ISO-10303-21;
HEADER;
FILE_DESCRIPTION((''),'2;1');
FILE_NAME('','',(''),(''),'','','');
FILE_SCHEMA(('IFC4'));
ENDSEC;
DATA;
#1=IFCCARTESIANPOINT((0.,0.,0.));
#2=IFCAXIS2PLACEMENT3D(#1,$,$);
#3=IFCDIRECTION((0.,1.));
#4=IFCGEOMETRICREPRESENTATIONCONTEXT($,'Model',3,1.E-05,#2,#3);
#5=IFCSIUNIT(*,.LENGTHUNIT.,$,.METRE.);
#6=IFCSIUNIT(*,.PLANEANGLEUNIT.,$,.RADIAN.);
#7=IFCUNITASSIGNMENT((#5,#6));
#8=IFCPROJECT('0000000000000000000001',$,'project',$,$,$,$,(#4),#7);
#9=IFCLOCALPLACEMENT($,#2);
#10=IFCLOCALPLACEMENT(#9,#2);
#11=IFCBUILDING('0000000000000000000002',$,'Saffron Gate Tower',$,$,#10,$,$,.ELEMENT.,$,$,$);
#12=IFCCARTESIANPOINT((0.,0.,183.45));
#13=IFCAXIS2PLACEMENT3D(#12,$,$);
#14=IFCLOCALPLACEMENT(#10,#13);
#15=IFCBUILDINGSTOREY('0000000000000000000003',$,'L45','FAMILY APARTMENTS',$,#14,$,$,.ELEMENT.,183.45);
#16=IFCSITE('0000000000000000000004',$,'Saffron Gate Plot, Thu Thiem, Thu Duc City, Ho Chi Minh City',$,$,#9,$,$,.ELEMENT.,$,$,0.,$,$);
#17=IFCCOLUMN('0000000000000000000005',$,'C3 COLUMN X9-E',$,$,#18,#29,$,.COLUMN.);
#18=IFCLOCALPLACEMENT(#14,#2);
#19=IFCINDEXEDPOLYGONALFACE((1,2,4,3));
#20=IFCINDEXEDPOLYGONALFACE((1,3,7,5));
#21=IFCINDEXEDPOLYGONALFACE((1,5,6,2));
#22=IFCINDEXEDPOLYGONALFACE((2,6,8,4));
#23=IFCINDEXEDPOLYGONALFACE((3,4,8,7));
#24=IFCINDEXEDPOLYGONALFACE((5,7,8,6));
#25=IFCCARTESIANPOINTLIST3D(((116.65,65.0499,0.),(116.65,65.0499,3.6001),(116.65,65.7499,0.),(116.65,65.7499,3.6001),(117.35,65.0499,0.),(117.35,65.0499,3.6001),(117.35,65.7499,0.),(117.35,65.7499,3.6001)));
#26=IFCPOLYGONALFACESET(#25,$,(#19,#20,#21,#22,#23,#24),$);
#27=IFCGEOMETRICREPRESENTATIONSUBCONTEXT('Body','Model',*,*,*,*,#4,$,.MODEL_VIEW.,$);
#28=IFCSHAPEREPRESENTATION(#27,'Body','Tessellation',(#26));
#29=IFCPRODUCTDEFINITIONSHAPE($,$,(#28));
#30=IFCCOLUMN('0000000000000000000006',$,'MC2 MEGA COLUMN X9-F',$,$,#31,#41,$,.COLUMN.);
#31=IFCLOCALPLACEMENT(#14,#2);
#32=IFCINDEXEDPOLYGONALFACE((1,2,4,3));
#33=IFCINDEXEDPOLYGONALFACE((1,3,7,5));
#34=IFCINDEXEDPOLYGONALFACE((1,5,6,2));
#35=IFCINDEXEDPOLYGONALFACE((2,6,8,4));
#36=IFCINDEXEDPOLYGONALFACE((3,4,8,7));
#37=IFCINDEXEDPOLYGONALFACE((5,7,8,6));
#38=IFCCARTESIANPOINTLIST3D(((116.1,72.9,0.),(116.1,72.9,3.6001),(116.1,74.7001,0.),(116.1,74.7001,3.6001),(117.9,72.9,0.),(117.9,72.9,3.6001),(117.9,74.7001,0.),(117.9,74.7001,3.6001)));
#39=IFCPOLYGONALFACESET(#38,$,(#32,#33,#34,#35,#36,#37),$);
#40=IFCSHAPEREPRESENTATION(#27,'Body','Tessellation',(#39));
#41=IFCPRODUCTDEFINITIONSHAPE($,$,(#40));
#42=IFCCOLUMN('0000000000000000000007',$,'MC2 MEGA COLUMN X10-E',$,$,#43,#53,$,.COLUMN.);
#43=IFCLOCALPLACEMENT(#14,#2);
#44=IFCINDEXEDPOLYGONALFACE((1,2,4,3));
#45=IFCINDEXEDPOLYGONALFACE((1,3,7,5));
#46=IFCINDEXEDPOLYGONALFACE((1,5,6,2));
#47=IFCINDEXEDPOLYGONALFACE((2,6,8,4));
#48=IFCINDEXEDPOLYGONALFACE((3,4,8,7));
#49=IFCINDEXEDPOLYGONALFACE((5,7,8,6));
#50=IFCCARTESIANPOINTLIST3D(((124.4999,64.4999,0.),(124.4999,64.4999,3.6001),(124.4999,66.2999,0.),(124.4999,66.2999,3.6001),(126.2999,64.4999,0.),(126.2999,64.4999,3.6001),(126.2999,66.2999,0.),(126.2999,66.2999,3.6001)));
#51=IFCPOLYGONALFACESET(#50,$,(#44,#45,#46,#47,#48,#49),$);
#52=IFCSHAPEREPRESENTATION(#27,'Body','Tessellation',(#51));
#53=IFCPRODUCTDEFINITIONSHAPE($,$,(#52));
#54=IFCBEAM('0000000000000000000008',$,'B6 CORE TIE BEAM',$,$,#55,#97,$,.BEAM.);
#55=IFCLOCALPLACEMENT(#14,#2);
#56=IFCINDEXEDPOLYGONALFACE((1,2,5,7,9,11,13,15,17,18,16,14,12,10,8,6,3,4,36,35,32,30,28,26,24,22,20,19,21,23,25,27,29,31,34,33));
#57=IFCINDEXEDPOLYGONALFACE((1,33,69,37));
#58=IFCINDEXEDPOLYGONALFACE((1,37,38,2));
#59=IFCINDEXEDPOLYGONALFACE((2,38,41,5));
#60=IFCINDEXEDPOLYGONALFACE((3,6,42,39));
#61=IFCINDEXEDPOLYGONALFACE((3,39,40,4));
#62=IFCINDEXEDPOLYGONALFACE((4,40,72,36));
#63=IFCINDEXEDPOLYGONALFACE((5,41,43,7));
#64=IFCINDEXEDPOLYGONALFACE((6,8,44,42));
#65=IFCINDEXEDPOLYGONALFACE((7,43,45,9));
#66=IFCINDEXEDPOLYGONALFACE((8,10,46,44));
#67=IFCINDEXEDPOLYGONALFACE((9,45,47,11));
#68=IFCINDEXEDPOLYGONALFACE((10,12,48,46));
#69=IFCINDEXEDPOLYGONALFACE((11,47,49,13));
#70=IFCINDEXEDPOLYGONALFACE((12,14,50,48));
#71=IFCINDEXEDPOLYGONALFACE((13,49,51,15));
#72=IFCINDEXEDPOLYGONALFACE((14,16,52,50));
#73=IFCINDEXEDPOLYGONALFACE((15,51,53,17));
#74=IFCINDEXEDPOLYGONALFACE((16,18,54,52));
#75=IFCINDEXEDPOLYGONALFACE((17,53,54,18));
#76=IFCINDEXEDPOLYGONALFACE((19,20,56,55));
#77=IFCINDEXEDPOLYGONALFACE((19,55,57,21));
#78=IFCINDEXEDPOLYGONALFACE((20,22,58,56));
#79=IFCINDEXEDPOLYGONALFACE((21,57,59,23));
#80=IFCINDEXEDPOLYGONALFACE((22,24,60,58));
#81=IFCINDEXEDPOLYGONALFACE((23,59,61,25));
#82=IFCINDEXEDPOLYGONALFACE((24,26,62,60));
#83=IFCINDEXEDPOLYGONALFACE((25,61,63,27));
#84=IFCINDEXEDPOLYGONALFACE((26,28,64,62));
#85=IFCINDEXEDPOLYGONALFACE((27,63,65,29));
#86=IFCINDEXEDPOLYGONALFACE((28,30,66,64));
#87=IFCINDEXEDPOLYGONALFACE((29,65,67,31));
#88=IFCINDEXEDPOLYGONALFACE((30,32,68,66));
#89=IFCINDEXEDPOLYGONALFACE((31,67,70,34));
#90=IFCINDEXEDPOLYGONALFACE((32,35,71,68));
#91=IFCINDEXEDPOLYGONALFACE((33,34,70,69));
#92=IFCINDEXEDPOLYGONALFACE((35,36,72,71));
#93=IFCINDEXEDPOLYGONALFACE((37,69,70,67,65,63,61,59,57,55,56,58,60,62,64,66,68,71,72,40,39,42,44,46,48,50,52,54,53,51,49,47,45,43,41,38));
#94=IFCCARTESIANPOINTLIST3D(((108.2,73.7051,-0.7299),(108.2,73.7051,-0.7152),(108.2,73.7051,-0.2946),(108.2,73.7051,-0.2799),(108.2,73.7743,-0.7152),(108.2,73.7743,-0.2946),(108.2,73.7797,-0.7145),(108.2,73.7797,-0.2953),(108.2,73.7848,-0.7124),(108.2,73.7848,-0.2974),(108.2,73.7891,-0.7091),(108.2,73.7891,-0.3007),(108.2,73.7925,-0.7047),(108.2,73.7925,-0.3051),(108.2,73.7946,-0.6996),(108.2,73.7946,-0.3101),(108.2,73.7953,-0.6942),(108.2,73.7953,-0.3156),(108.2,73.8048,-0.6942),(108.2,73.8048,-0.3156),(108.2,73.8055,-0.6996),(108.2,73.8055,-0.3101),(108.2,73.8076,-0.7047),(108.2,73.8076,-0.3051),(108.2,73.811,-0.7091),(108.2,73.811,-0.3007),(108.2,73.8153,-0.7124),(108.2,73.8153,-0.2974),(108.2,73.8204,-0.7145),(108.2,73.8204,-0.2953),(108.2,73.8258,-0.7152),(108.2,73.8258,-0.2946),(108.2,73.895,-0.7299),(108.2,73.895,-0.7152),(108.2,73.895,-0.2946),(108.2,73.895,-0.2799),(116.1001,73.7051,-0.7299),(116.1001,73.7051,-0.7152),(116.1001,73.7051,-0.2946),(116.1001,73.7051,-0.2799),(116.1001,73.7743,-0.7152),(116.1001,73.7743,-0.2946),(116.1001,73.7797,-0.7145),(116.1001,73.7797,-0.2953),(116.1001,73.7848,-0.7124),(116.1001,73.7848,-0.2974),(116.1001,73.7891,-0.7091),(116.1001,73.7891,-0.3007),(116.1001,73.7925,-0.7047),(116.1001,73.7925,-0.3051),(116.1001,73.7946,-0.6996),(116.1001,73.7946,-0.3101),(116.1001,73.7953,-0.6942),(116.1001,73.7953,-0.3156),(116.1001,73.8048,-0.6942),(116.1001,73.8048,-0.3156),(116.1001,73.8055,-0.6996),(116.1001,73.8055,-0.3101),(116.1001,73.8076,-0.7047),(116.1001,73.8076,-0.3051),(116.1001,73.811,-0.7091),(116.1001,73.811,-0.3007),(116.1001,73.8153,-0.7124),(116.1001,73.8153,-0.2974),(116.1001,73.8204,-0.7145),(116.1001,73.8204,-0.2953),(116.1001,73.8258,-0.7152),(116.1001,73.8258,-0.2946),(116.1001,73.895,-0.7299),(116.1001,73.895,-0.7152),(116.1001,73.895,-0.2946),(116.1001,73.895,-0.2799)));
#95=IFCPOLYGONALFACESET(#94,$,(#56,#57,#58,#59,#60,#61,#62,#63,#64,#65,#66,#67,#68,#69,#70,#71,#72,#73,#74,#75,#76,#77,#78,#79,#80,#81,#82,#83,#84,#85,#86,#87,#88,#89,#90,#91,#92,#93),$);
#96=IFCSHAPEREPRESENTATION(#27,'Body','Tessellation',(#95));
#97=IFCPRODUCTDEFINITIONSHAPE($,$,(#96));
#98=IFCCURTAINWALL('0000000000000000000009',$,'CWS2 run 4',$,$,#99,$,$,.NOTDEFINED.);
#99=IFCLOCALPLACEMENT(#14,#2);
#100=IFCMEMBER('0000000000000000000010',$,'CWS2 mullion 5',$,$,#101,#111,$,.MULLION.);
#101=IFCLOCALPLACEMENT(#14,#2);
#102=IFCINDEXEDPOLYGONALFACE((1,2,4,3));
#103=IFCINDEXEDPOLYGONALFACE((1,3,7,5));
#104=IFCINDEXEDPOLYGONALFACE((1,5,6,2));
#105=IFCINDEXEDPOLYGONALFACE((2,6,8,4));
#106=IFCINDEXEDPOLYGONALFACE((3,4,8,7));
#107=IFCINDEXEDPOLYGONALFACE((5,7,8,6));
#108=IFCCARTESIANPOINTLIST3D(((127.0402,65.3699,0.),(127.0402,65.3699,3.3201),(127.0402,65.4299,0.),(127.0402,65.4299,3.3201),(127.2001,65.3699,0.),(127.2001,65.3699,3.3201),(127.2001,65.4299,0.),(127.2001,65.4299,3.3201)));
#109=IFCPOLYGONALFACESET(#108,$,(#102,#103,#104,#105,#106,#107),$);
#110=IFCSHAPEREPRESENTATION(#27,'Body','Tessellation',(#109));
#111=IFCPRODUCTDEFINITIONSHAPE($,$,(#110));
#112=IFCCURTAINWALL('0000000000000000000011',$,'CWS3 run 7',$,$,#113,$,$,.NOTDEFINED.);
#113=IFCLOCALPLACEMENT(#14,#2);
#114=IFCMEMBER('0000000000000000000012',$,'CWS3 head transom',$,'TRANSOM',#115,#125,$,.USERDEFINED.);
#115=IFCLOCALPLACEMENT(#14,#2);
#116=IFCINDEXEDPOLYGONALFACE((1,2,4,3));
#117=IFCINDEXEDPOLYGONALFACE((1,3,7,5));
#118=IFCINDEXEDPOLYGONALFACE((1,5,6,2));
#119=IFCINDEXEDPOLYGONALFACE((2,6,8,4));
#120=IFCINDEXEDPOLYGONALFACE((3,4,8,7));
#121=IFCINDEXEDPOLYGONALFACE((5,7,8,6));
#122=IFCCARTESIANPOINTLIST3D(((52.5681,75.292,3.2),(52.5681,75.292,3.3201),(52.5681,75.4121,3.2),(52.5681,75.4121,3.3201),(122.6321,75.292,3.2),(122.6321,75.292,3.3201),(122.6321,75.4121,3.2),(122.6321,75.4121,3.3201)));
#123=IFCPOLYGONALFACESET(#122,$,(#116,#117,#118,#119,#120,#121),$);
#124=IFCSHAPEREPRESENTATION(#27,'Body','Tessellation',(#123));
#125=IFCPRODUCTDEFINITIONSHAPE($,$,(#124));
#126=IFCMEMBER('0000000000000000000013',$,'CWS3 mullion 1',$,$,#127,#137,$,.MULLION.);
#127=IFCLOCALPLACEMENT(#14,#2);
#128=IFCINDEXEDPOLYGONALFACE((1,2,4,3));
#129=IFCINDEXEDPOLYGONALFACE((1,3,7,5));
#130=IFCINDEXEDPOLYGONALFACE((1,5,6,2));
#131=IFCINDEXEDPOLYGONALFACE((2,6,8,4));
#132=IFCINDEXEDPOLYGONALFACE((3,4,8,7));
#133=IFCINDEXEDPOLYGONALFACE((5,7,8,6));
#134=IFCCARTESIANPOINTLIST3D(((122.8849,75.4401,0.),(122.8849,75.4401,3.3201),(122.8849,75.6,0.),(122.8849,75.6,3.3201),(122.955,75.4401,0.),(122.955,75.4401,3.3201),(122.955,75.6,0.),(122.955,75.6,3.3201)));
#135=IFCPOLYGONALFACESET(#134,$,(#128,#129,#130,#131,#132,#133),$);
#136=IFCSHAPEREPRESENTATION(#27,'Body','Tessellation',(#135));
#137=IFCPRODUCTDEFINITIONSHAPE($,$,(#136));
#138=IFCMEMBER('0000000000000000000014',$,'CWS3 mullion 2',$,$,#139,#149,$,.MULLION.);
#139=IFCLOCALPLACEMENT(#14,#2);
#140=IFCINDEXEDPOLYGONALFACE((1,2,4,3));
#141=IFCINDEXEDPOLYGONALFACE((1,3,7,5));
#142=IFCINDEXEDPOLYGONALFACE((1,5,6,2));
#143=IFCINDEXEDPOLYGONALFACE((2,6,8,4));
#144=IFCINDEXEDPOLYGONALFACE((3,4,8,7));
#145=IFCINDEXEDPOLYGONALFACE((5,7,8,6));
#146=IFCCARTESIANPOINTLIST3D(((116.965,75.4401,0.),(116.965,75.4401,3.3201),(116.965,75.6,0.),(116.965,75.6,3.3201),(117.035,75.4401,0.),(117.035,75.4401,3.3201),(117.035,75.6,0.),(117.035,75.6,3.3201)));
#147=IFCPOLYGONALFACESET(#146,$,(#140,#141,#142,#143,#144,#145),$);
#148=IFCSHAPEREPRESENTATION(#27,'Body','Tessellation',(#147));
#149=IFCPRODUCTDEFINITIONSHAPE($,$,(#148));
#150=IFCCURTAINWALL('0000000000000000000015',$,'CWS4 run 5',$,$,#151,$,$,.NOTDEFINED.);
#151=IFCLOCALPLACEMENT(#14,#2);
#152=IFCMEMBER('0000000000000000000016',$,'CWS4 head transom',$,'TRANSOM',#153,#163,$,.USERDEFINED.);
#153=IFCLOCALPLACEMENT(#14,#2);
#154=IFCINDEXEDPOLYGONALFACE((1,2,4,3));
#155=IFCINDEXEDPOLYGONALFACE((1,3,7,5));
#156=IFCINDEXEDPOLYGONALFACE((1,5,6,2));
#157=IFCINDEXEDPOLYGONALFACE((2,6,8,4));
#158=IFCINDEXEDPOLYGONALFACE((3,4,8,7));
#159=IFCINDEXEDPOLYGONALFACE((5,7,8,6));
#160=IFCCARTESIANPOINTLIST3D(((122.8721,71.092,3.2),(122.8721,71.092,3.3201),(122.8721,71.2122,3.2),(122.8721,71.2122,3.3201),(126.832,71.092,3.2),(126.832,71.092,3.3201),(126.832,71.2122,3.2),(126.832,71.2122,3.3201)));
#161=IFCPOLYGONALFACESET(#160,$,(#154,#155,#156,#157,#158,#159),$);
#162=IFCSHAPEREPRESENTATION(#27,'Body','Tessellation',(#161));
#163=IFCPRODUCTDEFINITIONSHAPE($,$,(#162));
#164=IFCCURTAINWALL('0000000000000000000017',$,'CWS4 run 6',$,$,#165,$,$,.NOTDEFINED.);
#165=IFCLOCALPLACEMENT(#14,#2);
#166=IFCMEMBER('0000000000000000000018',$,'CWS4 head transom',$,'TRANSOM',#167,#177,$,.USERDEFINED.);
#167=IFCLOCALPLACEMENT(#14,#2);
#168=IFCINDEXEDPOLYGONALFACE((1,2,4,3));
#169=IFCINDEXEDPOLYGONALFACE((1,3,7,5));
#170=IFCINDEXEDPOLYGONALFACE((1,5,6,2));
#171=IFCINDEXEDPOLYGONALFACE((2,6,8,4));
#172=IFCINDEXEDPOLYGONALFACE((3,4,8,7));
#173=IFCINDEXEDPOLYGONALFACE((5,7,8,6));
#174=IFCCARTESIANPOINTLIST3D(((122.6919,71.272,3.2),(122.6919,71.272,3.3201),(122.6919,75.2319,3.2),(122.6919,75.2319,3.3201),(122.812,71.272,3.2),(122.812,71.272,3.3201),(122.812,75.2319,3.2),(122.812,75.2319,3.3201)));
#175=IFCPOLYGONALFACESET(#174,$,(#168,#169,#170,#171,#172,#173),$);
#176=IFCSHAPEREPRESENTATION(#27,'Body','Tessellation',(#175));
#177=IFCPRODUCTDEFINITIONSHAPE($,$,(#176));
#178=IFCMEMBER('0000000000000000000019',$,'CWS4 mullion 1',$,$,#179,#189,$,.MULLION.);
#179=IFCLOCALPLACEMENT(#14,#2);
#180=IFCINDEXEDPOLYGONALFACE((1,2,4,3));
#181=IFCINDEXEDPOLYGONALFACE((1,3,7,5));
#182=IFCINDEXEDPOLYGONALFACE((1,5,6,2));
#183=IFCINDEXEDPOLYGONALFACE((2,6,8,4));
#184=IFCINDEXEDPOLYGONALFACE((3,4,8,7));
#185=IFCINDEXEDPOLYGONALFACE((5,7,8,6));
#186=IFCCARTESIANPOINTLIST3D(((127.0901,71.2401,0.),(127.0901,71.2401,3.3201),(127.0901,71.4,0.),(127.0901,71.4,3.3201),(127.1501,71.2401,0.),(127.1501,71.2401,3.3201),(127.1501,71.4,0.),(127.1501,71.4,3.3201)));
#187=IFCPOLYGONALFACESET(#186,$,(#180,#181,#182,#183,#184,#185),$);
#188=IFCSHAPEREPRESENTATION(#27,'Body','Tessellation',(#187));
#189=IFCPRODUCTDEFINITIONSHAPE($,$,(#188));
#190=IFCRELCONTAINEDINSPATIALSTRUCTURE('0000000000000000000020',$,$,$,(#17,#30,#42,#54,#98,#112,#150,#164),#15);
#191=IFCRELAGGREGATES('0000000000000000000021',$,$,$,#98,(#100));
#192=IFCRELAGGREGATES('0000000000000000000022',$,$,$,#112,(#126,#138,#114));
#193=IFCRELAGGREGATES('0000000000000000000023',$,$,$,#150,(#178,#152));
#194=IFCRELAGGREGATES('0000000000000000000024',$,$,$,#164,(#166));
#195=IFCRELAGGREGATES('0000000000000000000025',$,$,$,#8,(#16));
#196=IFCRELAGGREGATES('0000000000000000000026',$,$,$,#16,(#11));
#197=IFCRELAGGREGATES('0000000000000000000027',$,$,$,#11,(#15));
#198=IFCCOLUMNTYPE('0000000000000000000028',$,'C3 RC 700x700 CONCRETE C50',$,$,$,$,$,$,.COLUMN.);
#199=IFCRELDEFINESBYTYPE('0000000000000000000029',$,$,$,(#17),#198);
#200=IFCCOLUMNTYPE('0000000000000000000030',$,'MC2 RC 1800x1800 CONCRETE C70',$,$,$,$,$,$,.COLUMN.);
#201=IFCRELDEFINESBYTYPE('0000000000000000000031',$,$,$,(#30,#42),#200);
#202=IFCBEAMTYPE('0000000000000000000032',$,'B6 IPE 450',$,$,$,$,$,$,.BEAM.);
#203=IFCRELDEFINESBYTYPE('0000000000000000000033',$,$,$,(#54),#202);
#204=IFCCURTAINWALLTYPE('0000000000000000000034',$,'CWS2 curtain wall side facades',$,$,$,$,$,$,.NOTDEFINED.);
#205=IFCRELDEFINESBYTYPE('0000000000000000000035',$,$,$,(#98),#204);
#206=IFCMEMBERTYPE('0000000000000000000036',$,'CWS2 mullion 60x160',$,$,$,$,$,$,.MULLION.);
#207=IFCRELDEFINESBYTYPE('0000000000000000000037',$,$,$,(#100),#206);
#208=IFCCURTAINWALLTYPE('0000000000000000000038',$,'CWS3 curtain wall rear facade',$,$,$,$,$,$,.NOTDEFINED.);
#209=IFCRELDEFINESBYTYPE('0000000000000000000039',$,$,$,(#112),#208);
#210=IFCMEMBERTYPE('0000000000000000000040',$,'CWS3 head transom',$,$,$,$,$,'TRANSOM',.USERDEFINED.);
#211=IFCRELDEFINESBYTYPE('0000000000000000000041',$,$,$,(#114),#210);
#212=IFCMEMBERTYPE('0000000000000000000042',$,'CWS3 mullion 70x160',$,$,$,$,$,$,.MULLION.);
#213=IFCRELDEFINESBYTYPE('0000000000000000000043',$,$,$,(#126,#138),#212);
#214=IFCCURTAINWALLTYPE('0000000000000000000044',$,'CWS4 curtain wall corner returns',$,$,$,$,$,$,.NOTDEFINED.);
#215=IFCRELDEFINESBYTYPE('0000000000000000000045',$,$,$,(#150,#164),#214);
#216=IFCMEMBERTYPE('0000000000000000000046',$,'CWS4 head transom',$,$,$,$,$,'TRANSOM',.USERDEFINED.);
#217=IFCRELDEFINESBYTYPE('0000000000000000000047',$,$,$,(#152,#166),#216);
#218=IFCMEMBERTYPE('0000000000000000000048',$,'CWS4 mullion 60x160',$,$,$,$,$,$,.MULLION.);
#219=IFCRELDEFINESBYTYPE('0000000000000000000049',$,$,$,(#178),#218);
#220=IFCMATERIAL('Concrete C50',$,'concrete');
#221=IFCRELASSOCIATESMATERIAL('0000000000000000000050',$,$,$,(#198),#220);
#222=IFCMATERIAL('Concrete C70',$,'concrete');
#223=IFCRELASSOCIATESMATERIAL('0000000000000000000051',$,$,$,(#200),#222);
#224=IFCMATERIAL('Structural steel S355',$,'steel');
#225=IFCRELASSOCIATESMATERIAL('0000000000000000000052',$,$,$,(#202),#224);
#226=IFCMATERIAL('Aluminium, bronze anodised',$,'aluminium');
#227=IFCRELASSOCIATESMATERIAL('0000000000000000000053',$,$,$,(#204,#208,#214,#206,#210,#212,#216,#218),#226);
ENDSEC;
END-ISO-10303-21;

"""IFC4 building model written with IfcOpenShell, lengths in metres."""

from ifc_helpers import new_model, si_unit, direction, frame, origin, origin_2d, place, context, subcontext, project, spatial, rectangle, i_section, extrude, material, material_profile, profile_set, type_object, element, aggregate, save


model = new_model("IFC4")

# Units and contexts
model_context = context("Model", 3, precision=1e-05, world=origin(), true_north=direction((0.0, 1.0)))
body_context = subcontext(model_context, "Body", "Model", "MODEL_VIEW")
ifc_project = project(units=[si_unit("LENGTHUNIT", "METRE"), si_unit("PLANEANGLEUNIT", "RADIAN")], contexts=[model_context])

# Site, building, storey
site_placement = place(None, origin())
site = spatial("IfcSite", under=ifc_project, at=site_placement, Name="Saffron Gate Plot, Thu Thiem, Thu Duc City, Ho Chi Minh City", CompositionType="ELEMENT", RefElevation=0.0)
building_placement = place(site_placement, origin())
building = spatial("IfcBuilding", under=site, at=building_placement, Name="Saffron Gate Tower", CompositionType="ELEMENT")
storey_placement = place(building_placement, frame((0.0, 0.0, 183.45)))
storey = spatial("IfcBuildingStorey", under=building, at=storey_placement, Name="L45", Description="FAMILY APARTMENTS", CompositionType="ELEMENT", Elevation=183.45)

# Columns
ifc_material_1 = material(Name="Concrete C50", Category="concrete")
ifc_material_profile_1 = material_profile(ifc_material_1, rectangle(XDim=0.7, YDim=0.7, at=origin_2d()))
ifc_profile_set_1 = profile_set([ifc_material_profile_1], Name="Concrete C50")
column_type_1 = type_object("IfcColumnType", Name="C3 RC 700x700 CONCRETE C50", PredefinedType="COLUMN", material=ifc_profile_set_1)
column_placement = place(storey_placement, frame((117.0, 65.3999, 0.0), z_axis=(0.0, 0.0, 1.0), x_axis=(1.0, 0.0, 0.0)))
element("IfcColumn", 1, at=column_placement, inside=storey, type_object=column_type_1, Name="C3 COLUMN X9-E", PredefinedType="COLUMN", context=body_context, shape_type="SweptSolid", body=[
    extrude(rectangle(XDim=0.7, YDim=0.7, at=origin_2d()), origin(), (0.0, 0.0, 1.0), 3.6001),
])
ifc_material_2 = material(Name="Concrete C70", Category="concrete")
ifc_material_profile_2 = material_profile(ifc_material_2, rectangle(XDim=1.8, YDim=1.8, at=origin_2d()))
ifc_profile_set_2 = profile_set([ifc_material_profile_2], Name="Concrete C70")
column_type_2 = type_object("IfcColumnType", Name="MC2 RC 1800x1800 CONCRETE C70", PredefinedType="COLUMN", material=ifc_profile_set_2)
for number, where, z_axis, x_axis, name in (
    (2, (117.0, 73.8, 0.0), (0.0, 0.0, 1.0), (1.0, 0.0, 0.0), "MC2 MEGA COLUMN X9-F"),
    (3, (125.3999, 65.3999, 0.0), (0.0, 0.0, 1.0), (1.0, 0.0, 0.0), "MC2 MEGA COLUMN X10-E"),
):
    element("IfcColumn", number, at=place(storey_placement, frame(where, z_axis=z_axis, x_axis=x_axis)), inside=storey, type_object=column_type_2, Name=name, PredefinedType="COLUMN", context=body_context, shape_type="SweptSolid", body=[
        extrude(rectangle(XDim=1.8, YDim=1.8, at=origin_2d()), origin(), (0.0, 0.0, 1.0), 3.6001),
    ])

# Beam
ifc_material_3 = material(Name="Structural steel S355", Category="steel")
ifc_material_profile_3 = material_profile(ifc_material_3, i_section(OverallWidth=0.1899, OverallDepth=0.45, WebThickness=0.0095, FlangeThickness=0.0146, FilletRadius=0.021, at=origin_2d()))
ifc_profile_set_3 = profile_set([ifc_material_profile_3], Name="Structural steel S355")
beam_type = type_object("IfcBeamType", Name="B6 IPE 450", PredefinedType="BEAM", material=ifc_profile_set_3)
beam_placement = place(storey_placement, frame((116.1001, 73.8, -0.5049), z_axis=(-1.0, 0.0, 0.0), x_axis=(0.0, -1.0, 0.0)))
element("IfcBeam", 4, at=beam_placement, inside=storey, type_object=beam_type, Name="B6 CORE TIE BEAM", PredefinedType="BEAM", context=body_context, shape_type="SweptSolid", body=[
    extrude(i_section(OverallWidth=0.1899, OverallDepth=0.45, WebThickness=0.0095, FlangeThickness=0.0146, FilletRadius=0.021, at=origin_2d()), origin(), (0.0, 0.0, 1.0), 7.9001),
])

# Curtain wall, member
ifc_material_4 = material(Name="Aluminium, bronze anodised", Category="aluminium")
curtain_wall_type_1 = type_object("IfcCurtainWallType", Name="CWS2 curtain wall side facades", PredefinedType="NOTDEFINED", material=ifc_material_4)
curtain_wall_1_placement = place(storey_placement, origin())
curtain_wall_1 = element("IfcCurtainWall", 5, at=curtain_wall_1_placement, inside=storey, type_object=curtain_wall_type_1, Name="CWS2 run 4", PredefinedType="NOTDEFINED")
ifc_material_profile_4 = material_profile(ifc_material_4, rectangle(XDim=0.1599, YDim=0.0601, at=origin_2d()))
ifc_profile_set_4 = profile_set([ifc_material_profile_4], Name="Aluminium, bronze anodised")
member_type_1 = type_object("IfcMemberType", Name="CWS2 mullion 60x160", PredefinedType="MULLION", material=ifc_profile_set_4)
member_1_placement = place(storey_placement, frame((127.1201, 65.3999, 0.0), z_axis=(0.0, 0.0, 1.0), x_axis=(-1.0, 0.0, 0.0)))
member_1 = element("IfcMember", 6, at=member_1_placement, type_object=member_type_1, Name="CWS2 mullion 5", PredefinedType="MULLION", context=body_context, shape_type="SweptSolid", body=[
    extrude(rectangle(XDim=0.1599, YDim=0.0601, at=origin_2d()), origin(), (0.0, 0.0, 1.0), 3.3201),
])
aggregate(curtain_wall_1, [member_1])

# Curtain wall, members
curtain_wall_type_2 = type_object("IfcCurtainWallType", Name="CWS3 curtain wall rear facade", PredefinedType="NOTDEFINED", material=ifc_material_4)
curtain_wall_2_placement = place(storey_placement, origin())
curtain_wall_2 = element("IfcCurtainWall", 7, at=curtain_wall_2_placement, inside=storey, type_object=curtain_wall_type_2, Name="CWS3 run 7", PredefinedType="NOTDEFINED")
ifc_material_profile_5 = material_profile(ifc_material_4, rectangle(XDim=0.1201, YDim=0.1201, at=origin_2d()))
ifc_profile_set_5 = profile_set([ifc_material_profile_5], Name="Aluminium, bronze anodised")
member_type_2 = type_object("IfcMemberType", Name="CWS3 head transom", ElementType="TRANSOM", PredefinedType="USERDEFINED", material=ifc_profile_set_5)
member_2_placement = place(storey_placement, frame((122.6321, 75.3521, 3.26), z_axis=(-1.0, 0.0, 0.0), x_axis=(0.0, -1.0, 0.0)))
member_2 = element("IfcMember", 8, at=member_2_placement, type_object=member_type_2, Name="CWS3 head transom", ObjectType="TRANSOM", PredefinedType="USERDEFINED", context=body_context, shape_type="SweptSolid", body=[
    extrude(rectangle(XDim=0.1201, YDim=0.1201, at=origin_2d()), origin(), (0.0, 0.0, 1.0), 70.064),
])
ifc_material_profile_6 = material_profile(ifc_material_4, rectangle(XDim=0.1599, YDim=0.0701, at=origin_2d()))
ifc_profile_set_6 = profile_set([ifc_material_profile_6], Name="Aluminium, bronze anodised")
member_type_3 = type_object("IfcMemberType", Name="CWS3 mullion 70x160", PredefinedType="MULLION", material=ifc_profile_set_6)
member_3_placement = place(storey_placement, frame((122.9199, 75.52, 0.0), z_axis=(0.0, 0.0, 1.0), x_axis=(0.0, -1.0, 0.0)))
member_3 = element("IfcMember", 9, at=member_3_placement, type_object=member_type_3, Name="CWS3 mullion 1", PredefinedType="MULLION", context=body_context, shape_type="SweptSolid", body=[
    extrude(rectangle(XDim=0.1599, YDim=0.0701, at=origin_2d()), origin(), (0.0, 0.0, 1.0), 3.3201),
])
member_4_placement = place(storey_placement, frame((117.0, 75.52, 0.0), z_axis=(0.0, 0.0, 1.0), x_axis=(0.0, -1.0, 0.0)))
member_4 = element("IfcMember", 10, at=member_4_placement, type_object=member_type_3, Name="CWS3 mullion 2", PredefinedType="MULLION", context=body_context, shape_type="SweptSolid", body=[
    extrude(rectangle(XDim=0.1599, YDim=0.0701, at=origin_2d()), origin(), (0.0, 0.0, 1.0), 3.3201),
])

# Curtain walls, members
curtain_wall_type_3 = type_object("IfcCurtainWallType", Name="CWS4 curtain wall corner returns", PredefinedType="NOTDEFINED", material=ifc_material_4)
curtain_wall_3_placement = place(storey_placement, origin())
curtain_wall_3 = element("IfcCurtainWall", 11, at=curtain_wall_3_placement, inside=storey, type_object=curtain_wall_type_3, Name="CWS4 run 5", PredefinedType="NOTDEFINED")
ifc_material_profile_7 = material_profile(ifc_material_4, rectangle(XDim=0.1201, YDim=0.1201, at=origin_2d()))
ifc_profile_set_7 = profile_set([ifc_material_profile_7], Name="Aluminium, bronze anodised")
member_type_4 = type_object("IfcMemberType", Name="CWS4 head transom", ElementType="TRANSOM", PredefinedType="USERDEFINED", material=ifc_profile_set_7)
member_5_placement = place(storey_placement, frame((126.832, 71.1521, 3.26), z_axis=(-1.0, 0.0, 0.0), x_axis=(0.0, -1.0, 0.0)))
member_5 = element("IfcMember", 12, at=member_5_placement, type_object=member_type_4, Name="CWS4 head transom", ObjectType="TRANSOM", PredefinedType="USERDEFINED", context=body_context, shape_type="SweptSolid", body=[
    extrude(rectangle(XDim=0.1201, YDim=0.1201, at=origin_2d()), origin(), (0.0, 0.0, 1.0), 3.96),
])
curtain_wall_4_placement = place(storey_placement, origin())
curtain_wall_4 = element("IfcCurtainWall", 13, at=curtain_wall_4_placement, inside=storey, type_object=curtain_wall_type_3, Name="CWS4 run 6", PredefinedType="NOTDEFINED")
member_6_placement = place(storey_placement, frame((122.752, 71.272, 3.26), z_axis=(0.0, 1.0, 0.0), x_axis=(-1.0, 0.0, 0.0)))
member_6 = element("IfcMember", 14, at=member_6_placement, type_object=member_type_4, Name="CWS4 head transom", ObjectType="TRANSOM", PredefinedType="USERDEFINED", context=body_context, shape_type="SweptSolid", body=[
    extrude(rectangle(XDim=0.1201, YDim=0.1201, at=origin_2d()), origin(), (0.0, 0.0, 1.0), 3.96),
])

# Member
ifc_material_profile_8 = material_profile(ifc_material_4, rectangle(XDim=0.1599, YDim=0.0601, at=origin_2d()))
ifc_profile_set_8 = profile_set([ifc_material_profile_8], Name="Aluminium, bronze anodised")
member_type_5 = type_object("IfcMemberType", Name="CWS4 mullion 60x160", PredefinedType="MULLION", material=ifc_profile_set_8)
member_7_placement = place(storey_placement, frame((127.1201, 71.3201, 0.0), z_axis=(0.0, 0.0, 1.0), x_axis=(0.0, -1.0, 0.0)))
member_7 = element("IfcMember", 15, at=member_7_placement, type_object=member_type_5, Name="CWS4 mullion 1", PredefinedType="MULLION", context=body_context, shape_type="SweptSolid", body=[
    extrude(rectangle(XDim=0.1599, YDim=0.0601, at=origin_2d()), origin(), (0.0, 0.0, 1.0), 3.3201),
])

aggregate(curtain_wall_2, [member_3, member_4, member_2])

aggregate(curtain_wall_3, [member_7, member_5])
aggregate(curtain_wall_4, [member_6])

save(model, "model.ifc")
